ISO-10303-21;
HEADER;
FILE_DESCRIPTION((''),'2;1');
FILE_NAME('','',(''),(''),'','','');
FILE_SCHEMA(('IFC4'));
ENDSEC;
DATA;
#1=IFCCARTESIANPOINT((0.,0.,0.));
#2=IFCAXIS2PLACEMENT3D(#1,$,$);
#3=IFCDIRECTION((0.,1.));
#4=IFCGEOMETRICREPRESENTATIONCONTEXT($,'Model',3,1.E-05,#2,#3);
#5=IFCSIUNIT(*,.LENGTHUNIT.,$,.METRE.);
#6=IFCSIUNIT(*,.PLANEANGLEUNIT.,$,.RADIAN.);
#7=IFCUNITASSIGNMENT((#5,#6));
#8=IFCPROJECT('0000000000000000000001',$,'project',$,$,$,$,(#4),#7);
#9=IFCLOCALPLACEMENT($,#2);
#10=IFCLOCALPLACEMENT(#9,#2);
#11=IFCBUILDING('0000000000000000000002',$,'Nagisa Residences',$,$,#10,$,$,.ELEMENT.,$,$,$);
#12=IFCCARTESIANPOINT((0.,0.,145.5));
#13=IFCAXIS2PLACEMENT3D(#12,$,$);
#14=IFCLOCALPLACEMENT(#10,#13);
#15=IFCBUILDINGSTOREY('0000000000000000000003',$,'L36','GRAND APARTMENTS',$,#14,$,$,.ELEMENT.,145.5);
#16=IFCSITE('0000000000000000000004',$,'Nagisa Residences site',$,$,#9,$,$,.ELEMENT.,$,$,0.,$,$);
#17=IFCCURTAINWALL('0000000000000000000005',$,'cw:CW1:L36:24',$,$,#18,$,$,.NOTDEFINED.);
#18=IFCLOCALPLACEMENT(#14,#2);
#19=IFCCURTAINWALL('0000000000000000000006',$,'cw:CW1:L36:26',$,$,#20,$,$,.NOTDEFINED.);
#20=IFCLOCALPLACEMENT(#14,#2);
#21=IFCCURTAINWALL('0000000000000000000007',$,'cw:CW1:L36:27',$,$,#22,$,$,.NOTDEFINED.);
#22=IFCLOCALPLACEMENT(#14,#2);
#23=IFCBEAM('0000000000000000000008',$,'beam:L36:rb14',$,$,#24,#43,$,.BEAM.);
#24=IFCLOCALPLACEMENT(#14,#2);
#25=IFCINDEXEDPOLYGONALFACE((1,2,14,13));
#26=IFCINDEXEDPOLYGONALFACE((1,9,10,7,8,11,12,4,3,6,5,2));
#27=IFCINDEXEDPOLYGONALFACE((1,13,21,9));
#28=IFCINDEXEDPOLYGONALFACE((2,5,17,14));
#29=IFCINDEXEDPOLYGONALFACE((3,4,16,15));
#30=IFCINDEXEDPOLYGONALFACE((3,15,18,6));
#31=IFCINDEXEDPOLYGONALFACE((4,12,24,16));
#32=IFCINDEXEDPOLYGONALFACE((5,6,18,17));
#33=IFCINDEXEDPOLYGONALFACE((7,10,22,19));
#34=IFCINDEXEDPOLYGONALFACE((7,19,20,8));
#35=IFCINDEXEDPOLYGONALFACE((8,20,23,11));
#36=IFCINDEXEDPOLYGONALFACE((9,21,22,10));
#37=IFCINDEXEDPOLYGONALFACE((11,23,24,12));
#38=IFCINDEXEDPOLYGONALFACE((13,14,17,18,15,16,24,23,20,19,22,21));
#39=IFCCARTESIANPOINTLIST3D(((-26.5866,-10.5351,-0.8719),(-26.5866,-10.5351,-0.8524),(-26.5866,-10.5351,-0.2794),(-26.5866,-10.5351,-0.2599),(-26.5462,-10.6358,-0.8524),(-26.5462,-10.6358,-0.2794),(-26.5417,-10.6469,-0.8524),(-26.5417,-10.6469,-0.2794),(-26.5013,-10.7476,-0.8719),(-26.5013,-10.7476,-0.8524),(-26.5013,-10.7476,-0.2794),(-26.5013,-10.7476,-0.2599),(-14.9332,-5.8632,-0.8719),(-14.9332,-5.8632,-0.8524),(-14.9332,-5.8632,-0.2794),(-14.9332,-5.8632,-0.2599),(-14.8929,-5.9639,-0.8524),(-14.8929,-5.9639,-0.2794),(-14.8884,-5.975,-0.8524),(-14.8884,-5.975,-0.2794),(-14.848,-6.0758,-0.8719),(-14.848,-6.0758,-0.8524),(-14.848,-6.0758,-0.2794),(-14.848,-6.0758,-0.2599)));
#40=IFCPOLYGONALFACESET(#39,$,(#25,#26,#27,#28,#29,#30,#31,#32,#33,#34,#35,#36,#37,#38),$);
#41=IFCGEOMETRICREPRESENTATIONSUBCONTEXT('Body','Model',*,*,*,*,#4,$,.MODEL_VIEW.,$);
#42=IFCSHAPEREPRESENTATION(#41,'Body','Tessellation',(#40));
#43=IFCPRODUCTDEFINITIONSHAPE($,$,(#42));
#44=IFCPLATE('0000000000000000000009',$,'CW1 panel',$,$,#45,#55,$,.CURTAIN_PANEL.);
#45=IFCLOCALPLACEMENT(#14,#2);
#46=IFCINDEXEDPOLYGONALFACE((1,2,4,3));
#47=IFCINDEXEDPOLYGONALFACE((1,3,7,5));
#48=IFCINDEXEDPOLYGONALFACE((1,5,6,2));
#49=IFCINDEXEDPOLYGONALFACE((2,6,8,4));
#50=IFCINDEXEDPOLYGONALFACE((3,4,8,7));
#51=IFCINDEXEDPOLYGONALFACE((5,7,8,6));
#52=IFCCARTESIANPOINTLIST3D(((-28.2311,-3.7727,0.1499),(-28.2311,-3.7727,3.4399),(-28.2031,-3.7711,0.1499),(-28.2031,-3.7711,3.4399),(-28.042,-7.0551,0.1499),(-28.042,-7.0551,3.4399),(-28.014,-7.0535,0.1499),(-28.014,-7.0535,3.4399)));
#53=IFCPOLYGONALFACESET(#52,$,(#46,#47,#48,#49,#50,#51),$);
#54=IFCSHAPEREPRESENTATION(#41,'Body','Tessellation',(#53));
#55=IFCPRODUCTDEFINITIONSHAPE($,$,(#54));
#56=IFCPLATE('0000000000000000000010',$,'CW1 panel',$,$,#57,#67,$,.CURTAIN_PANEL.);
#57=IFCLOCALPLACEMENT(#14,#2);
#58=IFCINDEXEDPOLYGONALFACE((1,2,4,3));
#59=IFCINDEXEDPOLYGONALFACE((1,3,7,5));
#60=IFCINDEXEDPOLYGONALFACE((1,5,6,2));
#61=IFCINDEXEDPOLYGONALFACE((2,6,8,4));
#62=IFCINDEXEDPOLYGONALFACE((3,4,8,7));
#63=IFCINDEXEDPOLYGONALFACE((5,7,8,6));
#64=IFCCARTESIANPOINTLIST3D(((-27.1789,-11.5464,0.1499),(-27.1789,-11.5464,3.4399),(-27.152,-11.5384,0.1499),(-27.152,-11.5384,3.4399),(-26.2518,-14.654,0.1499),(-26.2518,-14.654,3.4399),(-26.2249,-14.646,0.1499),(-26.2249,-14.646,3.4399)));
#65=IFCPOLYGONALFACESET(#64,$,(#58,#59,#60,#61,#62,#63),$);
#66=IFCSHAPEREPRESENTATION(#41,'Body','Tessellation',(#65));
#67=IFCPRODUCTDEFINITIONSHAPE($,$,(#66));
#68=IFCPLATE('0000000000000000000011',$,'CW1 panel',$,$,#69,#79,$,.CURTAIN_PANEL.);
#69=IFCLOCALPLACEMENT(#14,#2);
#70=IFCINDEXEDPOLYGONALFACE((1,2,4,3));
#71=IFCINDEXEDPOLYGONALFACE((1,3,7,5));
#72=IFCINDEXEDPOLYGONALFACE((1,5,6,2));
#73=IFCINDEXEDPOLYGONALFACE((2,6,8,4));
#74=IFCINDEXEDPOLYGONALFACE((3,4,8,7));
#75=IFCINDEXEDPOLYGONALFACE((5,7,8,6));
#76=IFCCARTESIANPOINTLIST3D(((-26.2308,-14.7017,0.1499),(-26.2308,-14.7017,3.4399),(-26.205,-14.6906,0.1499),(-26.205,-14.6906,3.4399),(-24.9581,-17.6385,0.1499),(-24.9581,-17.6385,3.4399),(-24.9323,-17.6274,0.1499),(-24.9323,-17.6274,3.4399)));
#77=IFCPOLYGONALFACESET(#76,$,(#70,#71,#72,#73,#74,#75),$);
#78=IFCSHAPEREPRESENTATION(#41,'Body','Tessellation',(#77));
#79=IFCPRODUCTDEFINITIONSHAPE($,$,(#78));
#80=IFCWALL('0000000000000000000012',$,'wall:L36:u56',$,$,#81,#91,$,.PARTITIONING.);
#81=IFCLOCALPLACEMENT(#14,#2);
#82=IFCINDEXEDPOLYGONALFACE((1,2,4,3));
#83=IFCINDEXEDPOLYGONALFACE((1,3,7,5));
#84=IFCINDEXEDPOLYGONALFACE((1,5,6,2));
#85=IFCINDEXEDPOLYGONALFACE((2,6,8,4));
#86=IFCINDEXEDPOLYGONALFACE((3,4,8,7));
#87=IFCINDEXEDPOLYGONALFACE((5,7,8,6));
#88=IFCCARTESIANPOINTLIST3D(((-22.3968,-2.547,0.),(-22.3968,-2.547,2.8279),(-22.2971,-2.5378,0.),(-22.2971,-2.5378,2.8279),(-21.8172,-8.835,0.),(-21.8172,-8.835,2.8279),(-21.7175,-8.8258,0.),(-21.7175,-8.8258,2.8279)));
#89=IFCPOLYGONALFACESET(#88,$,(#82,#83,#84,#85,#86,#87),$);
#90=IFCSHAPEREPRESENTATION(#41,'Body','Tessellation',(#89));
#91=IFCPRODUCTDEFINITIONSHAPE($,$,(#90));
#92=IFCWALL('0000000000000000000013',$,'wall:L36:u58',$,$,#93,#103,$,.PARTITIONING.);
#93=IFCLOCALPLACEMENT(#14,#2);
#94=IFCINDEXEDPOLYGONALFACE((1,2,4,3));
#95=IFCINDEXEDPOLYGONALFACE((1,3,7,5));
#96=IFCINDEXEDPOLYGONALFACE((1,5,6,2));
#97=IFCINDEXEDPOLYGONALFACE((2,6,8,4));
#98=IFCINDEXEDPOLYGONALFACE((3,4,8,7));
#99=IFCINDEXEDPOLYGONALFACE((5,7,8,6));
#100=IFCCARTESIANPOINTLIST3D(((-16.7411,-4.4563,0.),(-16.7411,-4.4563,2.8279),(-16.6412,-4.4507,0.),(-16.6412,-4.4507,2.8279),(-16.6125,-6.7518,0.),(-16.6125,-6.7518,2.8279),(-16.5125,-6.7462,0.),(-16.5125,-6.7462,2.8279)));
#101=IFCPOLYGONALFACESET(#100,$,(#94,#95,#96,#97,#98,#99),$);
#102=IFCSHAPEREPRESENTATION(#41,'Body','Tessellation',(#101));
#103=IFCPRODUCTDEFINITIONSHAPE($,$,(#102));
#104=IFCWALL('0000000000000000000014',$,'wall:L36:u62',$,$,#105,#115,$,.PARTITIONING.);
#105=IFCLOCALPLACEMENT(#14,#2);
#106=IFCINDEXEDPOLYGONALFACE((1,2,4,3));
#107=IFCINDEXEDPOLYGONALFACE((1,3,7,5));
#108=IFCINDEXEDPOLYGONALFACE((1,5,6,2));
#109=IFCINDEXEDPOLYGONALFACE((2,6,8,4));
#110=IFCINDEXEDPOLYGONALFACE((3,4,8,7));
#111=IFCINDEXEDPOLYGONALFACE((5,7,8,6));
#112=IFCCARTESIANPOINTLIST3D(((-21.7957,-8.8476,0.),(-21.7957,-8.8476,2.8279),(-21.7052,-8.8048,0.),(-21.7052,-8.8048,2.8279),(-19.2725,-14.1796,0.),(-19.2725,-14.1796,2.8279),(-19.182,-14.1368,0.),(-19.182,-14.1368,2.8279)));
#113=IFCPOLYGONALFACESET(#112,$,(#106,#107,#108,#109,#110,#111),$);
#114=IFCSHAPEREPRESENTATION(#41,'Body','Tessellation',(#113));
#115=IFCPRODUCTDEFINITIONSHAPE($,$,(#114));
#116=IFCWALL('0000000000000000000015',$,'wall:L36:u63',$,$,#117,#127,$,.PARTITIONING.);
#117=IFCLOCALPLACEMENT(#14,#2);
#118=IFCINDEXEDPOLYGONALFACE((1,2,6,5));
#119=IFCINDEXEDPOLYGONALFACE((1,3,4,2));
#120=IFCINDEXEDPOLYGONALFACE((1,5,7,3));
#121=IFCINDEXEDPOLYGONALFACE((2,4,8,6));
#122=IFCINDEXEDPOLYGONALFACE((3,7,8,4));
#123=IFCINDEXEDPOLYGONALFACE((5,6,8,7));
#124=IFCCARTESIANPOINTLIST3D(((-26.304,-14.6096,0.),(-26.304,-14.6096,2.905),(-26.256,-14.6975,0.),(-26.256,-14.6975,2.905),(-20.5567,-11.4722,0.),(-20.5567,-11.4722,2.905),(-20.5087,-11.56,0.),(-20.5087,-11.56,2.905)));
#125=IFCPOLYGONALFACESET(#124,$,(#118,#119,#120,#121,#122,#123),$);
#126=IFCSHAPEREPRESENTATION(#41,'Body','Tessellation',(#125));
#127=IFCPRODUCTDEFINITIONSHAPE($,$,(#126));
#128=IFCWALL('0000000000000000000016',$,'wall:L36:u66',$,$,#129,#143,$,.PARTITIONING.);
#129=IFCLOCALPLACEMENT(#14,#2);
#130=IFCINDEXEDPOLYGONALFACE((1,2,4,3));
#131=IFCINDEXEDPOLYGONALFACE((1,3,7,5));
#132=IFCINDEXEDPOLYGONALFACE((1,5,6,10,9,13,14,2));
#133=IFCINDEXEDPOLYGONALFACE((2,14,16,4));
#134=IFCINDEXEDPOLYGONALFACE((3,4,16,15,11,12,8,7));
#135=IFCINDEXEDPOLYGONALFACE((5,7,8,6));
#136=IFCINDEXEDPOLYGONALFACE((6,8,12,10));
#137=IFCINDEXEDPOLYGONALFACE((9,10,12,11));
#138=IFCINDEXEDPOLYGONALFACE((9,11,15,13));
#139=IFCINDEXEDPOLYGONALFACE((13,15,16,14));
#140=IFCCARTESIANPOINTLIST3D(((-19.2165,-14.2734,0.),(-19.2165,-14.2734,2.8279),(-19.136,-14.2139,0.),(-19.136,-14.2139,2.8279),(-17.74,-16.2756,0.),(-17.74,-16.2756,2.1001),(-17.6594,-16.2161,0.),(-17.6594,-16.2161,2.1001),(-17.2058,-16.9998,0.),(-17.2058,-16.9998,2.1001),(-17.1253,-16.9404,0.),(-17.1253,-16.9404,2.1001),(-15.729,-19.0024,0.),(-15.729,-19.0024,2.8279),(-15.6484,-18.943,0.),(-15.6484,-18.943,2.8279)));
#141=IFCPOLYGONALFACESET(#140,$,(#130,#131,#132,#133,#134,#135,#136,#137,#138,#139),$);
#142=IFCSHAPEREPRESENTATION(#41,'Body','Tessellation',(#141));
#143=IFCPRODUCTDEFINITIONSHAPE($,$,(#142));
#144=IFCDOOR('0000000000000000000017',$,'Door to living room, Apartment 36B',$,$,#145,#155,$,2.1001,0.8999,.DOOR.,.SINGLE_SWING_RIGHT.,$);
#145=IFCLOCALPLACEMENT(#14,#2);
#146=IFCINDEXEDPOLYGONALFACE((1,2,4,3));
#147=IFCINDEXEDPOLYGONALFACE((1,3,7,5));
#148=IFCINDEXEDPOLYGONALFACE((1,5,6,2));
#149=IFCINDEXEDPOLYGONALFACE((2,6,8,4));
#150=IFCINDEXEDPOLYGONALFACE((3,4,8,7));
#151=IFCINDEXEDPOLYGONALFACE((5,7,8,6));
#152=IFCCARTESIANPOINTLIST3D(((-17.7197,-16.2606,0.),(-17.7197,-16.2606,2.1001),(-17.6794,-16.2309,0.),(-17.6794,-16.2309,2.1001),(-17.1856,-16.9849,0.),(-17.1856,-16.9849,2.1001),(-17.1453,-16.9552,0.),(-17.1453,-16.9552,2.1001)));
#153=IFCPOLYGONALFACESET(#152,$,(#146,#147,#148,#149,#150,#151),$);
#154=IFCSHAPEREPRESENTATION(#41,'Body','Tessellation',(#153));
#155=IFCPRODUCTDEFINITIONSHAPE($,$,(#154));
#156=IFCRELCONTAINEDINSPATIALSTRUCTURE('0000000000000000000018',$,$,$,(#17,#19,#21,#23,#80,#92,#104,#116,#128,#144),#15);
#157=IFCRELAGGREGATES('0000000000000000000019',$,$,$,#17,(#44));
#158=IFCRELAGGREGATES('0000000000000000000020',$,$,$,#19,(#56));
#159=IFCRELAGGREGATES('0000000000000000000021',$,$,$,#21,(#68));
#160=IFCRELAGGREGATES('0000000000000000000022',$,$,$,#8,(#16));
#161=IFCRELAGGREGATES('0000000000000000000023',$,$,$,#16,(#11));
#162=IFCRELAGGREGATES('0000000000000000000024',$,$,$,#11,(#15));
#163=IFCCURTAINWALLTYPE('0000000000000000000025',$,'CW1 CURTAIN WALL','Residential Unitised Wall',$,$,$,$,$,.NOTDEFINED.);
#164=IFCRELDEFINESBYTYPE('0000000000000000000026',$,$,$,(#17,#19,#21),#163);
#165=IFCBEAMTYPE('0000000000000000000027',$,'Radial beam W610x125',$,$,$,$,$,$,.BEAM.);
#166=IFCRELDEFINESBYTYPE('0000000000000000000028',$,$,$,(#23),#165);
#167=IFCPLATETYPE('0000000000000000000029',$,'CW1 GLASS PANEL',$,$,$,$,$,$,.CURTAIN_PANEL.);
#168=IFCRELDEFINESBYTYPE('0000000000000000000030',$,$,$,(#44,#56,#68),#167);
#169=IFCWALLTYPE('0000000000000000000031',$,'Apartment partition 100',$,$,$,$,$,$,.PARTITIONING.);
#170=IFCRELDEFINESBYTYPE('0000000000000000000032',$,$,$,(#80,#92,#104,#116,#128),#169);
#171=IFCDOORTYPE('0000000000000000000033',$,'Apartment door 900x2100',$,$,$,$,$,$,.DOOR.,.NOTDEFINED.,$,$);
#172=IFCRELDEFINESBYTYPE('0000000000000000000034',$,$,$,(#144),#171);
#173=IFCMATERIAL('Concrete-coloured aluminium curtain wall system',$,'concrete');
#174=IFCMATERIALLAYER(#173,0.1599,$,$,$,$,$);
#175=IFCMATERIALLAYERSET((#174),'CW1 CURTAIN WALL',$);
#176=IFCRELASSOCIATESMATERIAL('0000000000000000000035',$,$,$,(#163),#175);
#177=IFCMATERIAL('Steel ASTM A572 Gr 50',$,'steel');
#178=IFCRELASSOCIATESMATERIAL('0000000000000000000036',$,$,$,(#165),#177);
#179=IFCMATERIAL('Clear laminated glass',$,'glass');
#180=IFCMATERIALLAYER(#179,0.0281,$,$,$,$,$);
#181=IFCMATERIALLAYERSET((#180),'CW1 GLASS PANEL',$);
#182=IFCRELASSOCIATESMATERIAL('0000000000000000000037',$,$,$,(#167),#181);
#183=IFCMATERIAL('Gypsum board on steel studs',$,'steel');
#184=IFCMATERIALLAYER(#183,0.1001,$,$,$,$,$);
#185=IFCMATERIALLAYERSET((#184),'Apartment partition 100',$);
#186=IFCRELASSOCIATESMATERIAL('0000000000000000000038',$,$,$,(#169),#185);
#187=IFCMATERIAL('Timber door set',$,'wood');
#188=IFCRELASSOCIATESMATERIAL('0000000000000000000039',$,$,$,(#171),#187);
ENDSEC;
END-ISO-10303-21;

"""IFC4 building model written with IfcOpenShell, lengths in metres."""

from ifc_helpers import new_model, si_unit, direction, frame, frame_2d, origin, origin_2d, place, context, subcontext, project, spatial, rectangle, i_section, extrude, material, layer, layer_set, material_profile, profile_set, type_object, element, fill, aggregate, save


model = new_model("IFC4")

# Units and contexts
model_context = context("Model", 3, precision=1e-05, world=origin(), true_north=direction((0.0, 1.0)))
body_context = subcontext(model_context, "Body", "Model", "MODEL_VIEW")
ifc_project = project(units=[si_unit("LENGTHUNIT", "METRE"), si_unit("PLANEANGLEUNIT", "RADIAN")], contexts=[model_context])

# Site, building, storey
site_placement = place(None, origin())
site = spatial("IfcSite", under=ifc_project, at=site_placement, Name="Nagisa Residences site", CompositionType="ELEMENT", RefElevation=0.0)
building_placement = place(site_placement, origin())
building = spatial("IfcBuilding", under=site, at=building_placement, Name="Nagisa Residences", CompositionType="ELEMENT")
storey_placement = place(building_placement, frame((0.0, 0.0, 145.5)))
storey = spatial("IfcBuildingStorey", under=building, at=storey_placement, Name="L36", Description="GRAND APARTMENTS", CompositionType="ELEMENT", Elevation=145.5)

# Curtain walls
ifc_material_1 = material(Name="Concrete-coloured aluminium curtain wall system", Category="concrete")
ifc_layer_1 = layer(ifc_material_1, 0.1599)
ifc_layer_set_1 = layer_set([ifc_layer_1], Name="CW1 CURTAIN WALL")
curtain_wall_type = type_object("IfcCurtainWallType", Name="CW1 CURTAIN WALL", Description="Residential Unitised Wall", PredefinedType="NOTDEFINED", material=ifc_layer_set_1)
curtain_wall_1_placement = place(storey_placement, origin())
curtain_wall_1 = element("IfcCurtainWall", 1, at=curtain_wall_1_placement, inside=storey, type_object=curtain_wall_type, Name="cw:CW1:L36:24", PredefinedType="NOTDEFINED")
curtain_wall_2_placement = place(storey_placement, origin())
curtain_wall_2 = element("IfcCurtainWall", 2, at=curtain_wall_2_placement, inside=storey, type_object=curtain_wall_type, Name="cw:CW1:L36:26", PredefinedType="NOTDEFINED")
curtain_wall_3_placement = place(storey_placement, origin())
curtain_wall_3 = element("IfcCurtainWall", 3, at=curtain_wall_3_placement, inside=storey, type_object=curtain_wall_type, Name="cw:CW1:L36:27", PredefinedType="NOTDEFINED")

# Beam
ifc_material_2 = material(Name="Steel ASTM A572 Gr 50", Category="steel")
ifc_material_profile_1 = material_profile(ifc_material_2, i_section(OverallWidth=0.229, OverallDepth=0.6121, WebThickness=0.012, FlangeThickness=0.0195, at=origin_2d()), Name="W610x125")
ifc_profile_set_1 = profile_set([ifc_material_profile_1], Name="Steel ASTM A572 Gr 50")
beam_type_1 = type_object("IfcBeamType", Name="Radial beam W610x125", PredefinedType="BEAM", material=ifc_profile_set_1)
beam_1_placement = place(storey_placement, frame((-26.5439, -10.6414, -0.5659), z_axis=(0.928187, 0.372115, 0.0), x_axis=(-0.372115, 0.928187, 0.0)))
element("IfcBeam", 4, at=beam_1_placement, inside=storey, type_object=beam_type_1, Name="beam:L36:rb14", PredefinedType="BEAM", context=body_context, shape_type="SweptSolid", body=[
    extrude(i_section(OverallWidth=0.229, OverallDepth=0.6121, WebThickness=0.012, FlangeThickness=0.0195, at=origin_2d()), origin(), (0.0, 0.0, 1.0), 12.5549),
])

# Plates
ifc_material_3 = material(Name="Clear laminated glass", Category="glass")
ifc_layer_2 = layer(ifc_material_3, 0.0281)
ifc_layer_set_2 = layer_set([ifc_layer_2], Name="CW1 GLASS PANEL")
plate_type = type_object("IfcPlateType", Name="CW1 GLASS PANEL", PredefinedType="CURTAIN_PANEL", material=ifc_layer_set_2)
plate_1_placement = place(storey_placement, frame((-28.1226, -5.4131, 0.1499), z_axis=(0.0, 0.0, 1.0), x_axis=(0.057503, -0.998345, 0.0)))
plate_1 = element("IfcPlate", 5, at=plate_1_placement, type_object=plate_type, Name="CW1 panel", PredefinedType="CURTAIN_PANEL", context=body_context, shape_type="SweptSolid", body=[
    extrude(rectangle(XDim=3.2878, YDim=0.0281, at=origin_2d()), origin(), (0.0, 0.0, 1.0), 3.29),
])
aggregate(curtain_wall_1, [plate_1])
plate_2_placement = place(storey_placement, frame((-26.7019, -13.0962, 0.1499), z_axis=(0.0, 0.0, 1.0), x_axis=(0.28586, -0.958271, 0.0)))
plate_2 = element("IfcPlate", 6, at=plate_2_placement, type_object=plate_type, Name="CW1 panel", PredefinedType="CURTAIN_PANEL", context=body_context, shape_type="SweptSolid", body=[
    extrude(rectangle(XDim=3.2429, YDim=0.0281, at=origin_2d()), origin(), (0.0, 0.0, 1.0), 3.29),
])
aggregate(curtain_wall_2, [plate_2])
plate_3_placement = place(storey_placement, frame((-25.5815, -16.1646, 0.1499), z_axis=(0.0, 0.0, 1.0), x_axis=(0.397636, -0.917543, 0.0)))
plate_3 = element("IfcPlate", 7, at=plate_3_placement, type_object=plate_type, Name="CW1 panel", PredefinedType="CURTAIN_PANEL", context=body_context, shape_type="SweptSolid", body=[
    extrude(rectangle(XDim=3.2007, YDim=0.0281, at=origin_2d()), origin(), (0.0, 0.0, 1.0), 3.29),
])
aggregate(curtain_wall_3, [plate_3])

# Walls
ifc_material_4 = material(Name="Gypsum board on steel studs", Category="steel")
ifc_layer_3 = layer(ifc_material_4, 0.1001)
ifc_layer_set_3 = layer_set([ifc_layer_3], Name="Apartment partition 100")
wall_type_1 = type_object("IfcWallType", Name="Apartment partition 100", PredefinedType="PARTITIONING", material=ifc_layer_set_3)
wall_1_placement = place(storey_placement, frame((-22.3469, -2.5425, 0.0), z_axis=(0.0, 0.0, 1.0), x_axis=(0.091784, -0.995779, 0.0)))
element("IfcWall", 8, at=wall_1_placement, inside=storey, type_object=wall_type_1, Name="wall:L36:u56", PredefinedType="PARTITIONING", context=body_context, shape_type="SweptSolid", body=[
    extrude(rectangle(XDim=6.3147, YDim=0.1001, at=frame_2d((3.1572, 0.0))), origin(), (0.0, 0.0, 1.0), 2.8279),
])
wall_2_placement = place(storey_placement, frame((-16.6912, -4.4536, 0.0), z_axis=(0.0, 0.0, 1.0), x_axis=(0.055964, -0.998433, 0.0)))
element("IfcWall", 9, at=wall_2_placement, inside=storey, type_object=wall_type_1, Name="wall:L36:u58", PredefinedType="PARTITIONING", context=body_context, shape_type="SweptSolid", body=[
    extrude(rectangle(XDim=2.2991, YDim=0.1001, at=frame_2d((1.1494, 0.0))), origin(), (0.0, 0.0, 1.0), 2.8279),
])
wall_3_placement = place(storey_placement, frame((-21.7505, -8.8262, 0.0), z_axis=(0.0, 0.0, 1.0), x_axis=(0.427739, -0.903902, 0.0)))
element("IfcWall", 10, at=wall_3_placement, inside=storey, type_object=wall_type_1, Name="wall:L36:u62", PredefinedType="PARTITIONING", context=body_context, shape_type="SweptSolid", body=[
    extrude(rectangle(XDim=5.8989, YDim=0.1001, at=frame_2d((2.9495, 0.0))), origin(), (0.0, 0.0, 1.0), 2.8279),
])
wall_4_placement = place(storey_placement, frame((-20.5327, -11.5161, 0.0), z_axis=(0.0, 0.0, 1.0), x_axis=(-0.877732, -0.479153, 0.0)))
element("IfcWall", 11, at=wall_4_placement, inside=storey, type_object=wall_type_1, Name="wall:L36:u63", PredefinedType="PARTITIONING", context=body_context, shape_type="SweptSolid", body=[
    extrude(rectangle(XDim=6.5479, YDim=0.1001, at=frame_2d((3.2739, 0.0))), origin(), (0.0, 0.0, 1.0), 2.905),
])

# Wall, opening, door
wall_5_placement = place(storey_placement, frame((-19.1763, -14.2437, 0.0), z_axis=(0.0, 0.0, 1.0), x_axis=(0.593532, -0.80481, 0.0)))
wall_5 = element("IfcWall", 12, at=wall_5_placement, inside=storey, type_object=wall_type_1, Name="wall:L36:u66", PredefinedType="PARTITIONING", context=body_context, shape_type="SweptSolid", body=[
    extrude(rectangle(XDim=5.876, YDim=0.1001, at=frame_2d((2.938, 0.0))), origin(), (0.0, 0.0, 1.0), 2.8279),
])
opening_1_placement = place(wall_5_placement, frame((2.4878, 0.0, 0.0)))
opening_1 = element("IfcOpeningElement", 13, at=opening_1_placement, cuts=wall_5, PredefinedType="OPENING", context=body_context, shape_type="SweptSolid", body=[
    extrude(rectangle(XDim=0.8999, YDim=2.1001, at=frame_2d((0.45, 1.05))), frame((0.0, 0.0601, 0.0), z_axis=(0.0, -1.0, 0.0), x_axis=(1.0, 0.0, 0.0)), (0.0, 0.0, 1.0), 0.1201),
])
ifc_material_5 = material(Name="Timber door set", Category="wood")
door_type_1 = type_object("IfcDoorType", Name="Apartment door 900x2100", OperationType="NOTDEFINED", PredefinedType="DOOR", material=ifc_material_5)
door_1_placement = place(opening_1_placement, frame((0.8999, 0.0, 0.0), x_axis=(-1.0, 0.0, 0.0)))
door_1 = element("IfcDoor", 14, at=door_1_placement, inside=storey, type_object=door_type_1, Name="Door to living room, Apartment 36B", OperationType="SINGLE_SWING_RIGHT", OverallHeight=2.1001, OverallWidth=0.8999, PredefinedType="DOOR", context=body_context, shape_type="SweptSolid", body=[
    extrude(rectangle(XDim=0.8999, YDim=2.1001, at=frame_2d((0.45, 1.05))), frame((0.0, 0.0249, 0.0), z_axis=(0.0, -1.0, 0.0), x_axis=(1.0, 0.0, 0.0)), (0.0, 0.0, 1.0), 0.05),
])
fill(opening_1, door_1)

save(model, "model.ifc")
